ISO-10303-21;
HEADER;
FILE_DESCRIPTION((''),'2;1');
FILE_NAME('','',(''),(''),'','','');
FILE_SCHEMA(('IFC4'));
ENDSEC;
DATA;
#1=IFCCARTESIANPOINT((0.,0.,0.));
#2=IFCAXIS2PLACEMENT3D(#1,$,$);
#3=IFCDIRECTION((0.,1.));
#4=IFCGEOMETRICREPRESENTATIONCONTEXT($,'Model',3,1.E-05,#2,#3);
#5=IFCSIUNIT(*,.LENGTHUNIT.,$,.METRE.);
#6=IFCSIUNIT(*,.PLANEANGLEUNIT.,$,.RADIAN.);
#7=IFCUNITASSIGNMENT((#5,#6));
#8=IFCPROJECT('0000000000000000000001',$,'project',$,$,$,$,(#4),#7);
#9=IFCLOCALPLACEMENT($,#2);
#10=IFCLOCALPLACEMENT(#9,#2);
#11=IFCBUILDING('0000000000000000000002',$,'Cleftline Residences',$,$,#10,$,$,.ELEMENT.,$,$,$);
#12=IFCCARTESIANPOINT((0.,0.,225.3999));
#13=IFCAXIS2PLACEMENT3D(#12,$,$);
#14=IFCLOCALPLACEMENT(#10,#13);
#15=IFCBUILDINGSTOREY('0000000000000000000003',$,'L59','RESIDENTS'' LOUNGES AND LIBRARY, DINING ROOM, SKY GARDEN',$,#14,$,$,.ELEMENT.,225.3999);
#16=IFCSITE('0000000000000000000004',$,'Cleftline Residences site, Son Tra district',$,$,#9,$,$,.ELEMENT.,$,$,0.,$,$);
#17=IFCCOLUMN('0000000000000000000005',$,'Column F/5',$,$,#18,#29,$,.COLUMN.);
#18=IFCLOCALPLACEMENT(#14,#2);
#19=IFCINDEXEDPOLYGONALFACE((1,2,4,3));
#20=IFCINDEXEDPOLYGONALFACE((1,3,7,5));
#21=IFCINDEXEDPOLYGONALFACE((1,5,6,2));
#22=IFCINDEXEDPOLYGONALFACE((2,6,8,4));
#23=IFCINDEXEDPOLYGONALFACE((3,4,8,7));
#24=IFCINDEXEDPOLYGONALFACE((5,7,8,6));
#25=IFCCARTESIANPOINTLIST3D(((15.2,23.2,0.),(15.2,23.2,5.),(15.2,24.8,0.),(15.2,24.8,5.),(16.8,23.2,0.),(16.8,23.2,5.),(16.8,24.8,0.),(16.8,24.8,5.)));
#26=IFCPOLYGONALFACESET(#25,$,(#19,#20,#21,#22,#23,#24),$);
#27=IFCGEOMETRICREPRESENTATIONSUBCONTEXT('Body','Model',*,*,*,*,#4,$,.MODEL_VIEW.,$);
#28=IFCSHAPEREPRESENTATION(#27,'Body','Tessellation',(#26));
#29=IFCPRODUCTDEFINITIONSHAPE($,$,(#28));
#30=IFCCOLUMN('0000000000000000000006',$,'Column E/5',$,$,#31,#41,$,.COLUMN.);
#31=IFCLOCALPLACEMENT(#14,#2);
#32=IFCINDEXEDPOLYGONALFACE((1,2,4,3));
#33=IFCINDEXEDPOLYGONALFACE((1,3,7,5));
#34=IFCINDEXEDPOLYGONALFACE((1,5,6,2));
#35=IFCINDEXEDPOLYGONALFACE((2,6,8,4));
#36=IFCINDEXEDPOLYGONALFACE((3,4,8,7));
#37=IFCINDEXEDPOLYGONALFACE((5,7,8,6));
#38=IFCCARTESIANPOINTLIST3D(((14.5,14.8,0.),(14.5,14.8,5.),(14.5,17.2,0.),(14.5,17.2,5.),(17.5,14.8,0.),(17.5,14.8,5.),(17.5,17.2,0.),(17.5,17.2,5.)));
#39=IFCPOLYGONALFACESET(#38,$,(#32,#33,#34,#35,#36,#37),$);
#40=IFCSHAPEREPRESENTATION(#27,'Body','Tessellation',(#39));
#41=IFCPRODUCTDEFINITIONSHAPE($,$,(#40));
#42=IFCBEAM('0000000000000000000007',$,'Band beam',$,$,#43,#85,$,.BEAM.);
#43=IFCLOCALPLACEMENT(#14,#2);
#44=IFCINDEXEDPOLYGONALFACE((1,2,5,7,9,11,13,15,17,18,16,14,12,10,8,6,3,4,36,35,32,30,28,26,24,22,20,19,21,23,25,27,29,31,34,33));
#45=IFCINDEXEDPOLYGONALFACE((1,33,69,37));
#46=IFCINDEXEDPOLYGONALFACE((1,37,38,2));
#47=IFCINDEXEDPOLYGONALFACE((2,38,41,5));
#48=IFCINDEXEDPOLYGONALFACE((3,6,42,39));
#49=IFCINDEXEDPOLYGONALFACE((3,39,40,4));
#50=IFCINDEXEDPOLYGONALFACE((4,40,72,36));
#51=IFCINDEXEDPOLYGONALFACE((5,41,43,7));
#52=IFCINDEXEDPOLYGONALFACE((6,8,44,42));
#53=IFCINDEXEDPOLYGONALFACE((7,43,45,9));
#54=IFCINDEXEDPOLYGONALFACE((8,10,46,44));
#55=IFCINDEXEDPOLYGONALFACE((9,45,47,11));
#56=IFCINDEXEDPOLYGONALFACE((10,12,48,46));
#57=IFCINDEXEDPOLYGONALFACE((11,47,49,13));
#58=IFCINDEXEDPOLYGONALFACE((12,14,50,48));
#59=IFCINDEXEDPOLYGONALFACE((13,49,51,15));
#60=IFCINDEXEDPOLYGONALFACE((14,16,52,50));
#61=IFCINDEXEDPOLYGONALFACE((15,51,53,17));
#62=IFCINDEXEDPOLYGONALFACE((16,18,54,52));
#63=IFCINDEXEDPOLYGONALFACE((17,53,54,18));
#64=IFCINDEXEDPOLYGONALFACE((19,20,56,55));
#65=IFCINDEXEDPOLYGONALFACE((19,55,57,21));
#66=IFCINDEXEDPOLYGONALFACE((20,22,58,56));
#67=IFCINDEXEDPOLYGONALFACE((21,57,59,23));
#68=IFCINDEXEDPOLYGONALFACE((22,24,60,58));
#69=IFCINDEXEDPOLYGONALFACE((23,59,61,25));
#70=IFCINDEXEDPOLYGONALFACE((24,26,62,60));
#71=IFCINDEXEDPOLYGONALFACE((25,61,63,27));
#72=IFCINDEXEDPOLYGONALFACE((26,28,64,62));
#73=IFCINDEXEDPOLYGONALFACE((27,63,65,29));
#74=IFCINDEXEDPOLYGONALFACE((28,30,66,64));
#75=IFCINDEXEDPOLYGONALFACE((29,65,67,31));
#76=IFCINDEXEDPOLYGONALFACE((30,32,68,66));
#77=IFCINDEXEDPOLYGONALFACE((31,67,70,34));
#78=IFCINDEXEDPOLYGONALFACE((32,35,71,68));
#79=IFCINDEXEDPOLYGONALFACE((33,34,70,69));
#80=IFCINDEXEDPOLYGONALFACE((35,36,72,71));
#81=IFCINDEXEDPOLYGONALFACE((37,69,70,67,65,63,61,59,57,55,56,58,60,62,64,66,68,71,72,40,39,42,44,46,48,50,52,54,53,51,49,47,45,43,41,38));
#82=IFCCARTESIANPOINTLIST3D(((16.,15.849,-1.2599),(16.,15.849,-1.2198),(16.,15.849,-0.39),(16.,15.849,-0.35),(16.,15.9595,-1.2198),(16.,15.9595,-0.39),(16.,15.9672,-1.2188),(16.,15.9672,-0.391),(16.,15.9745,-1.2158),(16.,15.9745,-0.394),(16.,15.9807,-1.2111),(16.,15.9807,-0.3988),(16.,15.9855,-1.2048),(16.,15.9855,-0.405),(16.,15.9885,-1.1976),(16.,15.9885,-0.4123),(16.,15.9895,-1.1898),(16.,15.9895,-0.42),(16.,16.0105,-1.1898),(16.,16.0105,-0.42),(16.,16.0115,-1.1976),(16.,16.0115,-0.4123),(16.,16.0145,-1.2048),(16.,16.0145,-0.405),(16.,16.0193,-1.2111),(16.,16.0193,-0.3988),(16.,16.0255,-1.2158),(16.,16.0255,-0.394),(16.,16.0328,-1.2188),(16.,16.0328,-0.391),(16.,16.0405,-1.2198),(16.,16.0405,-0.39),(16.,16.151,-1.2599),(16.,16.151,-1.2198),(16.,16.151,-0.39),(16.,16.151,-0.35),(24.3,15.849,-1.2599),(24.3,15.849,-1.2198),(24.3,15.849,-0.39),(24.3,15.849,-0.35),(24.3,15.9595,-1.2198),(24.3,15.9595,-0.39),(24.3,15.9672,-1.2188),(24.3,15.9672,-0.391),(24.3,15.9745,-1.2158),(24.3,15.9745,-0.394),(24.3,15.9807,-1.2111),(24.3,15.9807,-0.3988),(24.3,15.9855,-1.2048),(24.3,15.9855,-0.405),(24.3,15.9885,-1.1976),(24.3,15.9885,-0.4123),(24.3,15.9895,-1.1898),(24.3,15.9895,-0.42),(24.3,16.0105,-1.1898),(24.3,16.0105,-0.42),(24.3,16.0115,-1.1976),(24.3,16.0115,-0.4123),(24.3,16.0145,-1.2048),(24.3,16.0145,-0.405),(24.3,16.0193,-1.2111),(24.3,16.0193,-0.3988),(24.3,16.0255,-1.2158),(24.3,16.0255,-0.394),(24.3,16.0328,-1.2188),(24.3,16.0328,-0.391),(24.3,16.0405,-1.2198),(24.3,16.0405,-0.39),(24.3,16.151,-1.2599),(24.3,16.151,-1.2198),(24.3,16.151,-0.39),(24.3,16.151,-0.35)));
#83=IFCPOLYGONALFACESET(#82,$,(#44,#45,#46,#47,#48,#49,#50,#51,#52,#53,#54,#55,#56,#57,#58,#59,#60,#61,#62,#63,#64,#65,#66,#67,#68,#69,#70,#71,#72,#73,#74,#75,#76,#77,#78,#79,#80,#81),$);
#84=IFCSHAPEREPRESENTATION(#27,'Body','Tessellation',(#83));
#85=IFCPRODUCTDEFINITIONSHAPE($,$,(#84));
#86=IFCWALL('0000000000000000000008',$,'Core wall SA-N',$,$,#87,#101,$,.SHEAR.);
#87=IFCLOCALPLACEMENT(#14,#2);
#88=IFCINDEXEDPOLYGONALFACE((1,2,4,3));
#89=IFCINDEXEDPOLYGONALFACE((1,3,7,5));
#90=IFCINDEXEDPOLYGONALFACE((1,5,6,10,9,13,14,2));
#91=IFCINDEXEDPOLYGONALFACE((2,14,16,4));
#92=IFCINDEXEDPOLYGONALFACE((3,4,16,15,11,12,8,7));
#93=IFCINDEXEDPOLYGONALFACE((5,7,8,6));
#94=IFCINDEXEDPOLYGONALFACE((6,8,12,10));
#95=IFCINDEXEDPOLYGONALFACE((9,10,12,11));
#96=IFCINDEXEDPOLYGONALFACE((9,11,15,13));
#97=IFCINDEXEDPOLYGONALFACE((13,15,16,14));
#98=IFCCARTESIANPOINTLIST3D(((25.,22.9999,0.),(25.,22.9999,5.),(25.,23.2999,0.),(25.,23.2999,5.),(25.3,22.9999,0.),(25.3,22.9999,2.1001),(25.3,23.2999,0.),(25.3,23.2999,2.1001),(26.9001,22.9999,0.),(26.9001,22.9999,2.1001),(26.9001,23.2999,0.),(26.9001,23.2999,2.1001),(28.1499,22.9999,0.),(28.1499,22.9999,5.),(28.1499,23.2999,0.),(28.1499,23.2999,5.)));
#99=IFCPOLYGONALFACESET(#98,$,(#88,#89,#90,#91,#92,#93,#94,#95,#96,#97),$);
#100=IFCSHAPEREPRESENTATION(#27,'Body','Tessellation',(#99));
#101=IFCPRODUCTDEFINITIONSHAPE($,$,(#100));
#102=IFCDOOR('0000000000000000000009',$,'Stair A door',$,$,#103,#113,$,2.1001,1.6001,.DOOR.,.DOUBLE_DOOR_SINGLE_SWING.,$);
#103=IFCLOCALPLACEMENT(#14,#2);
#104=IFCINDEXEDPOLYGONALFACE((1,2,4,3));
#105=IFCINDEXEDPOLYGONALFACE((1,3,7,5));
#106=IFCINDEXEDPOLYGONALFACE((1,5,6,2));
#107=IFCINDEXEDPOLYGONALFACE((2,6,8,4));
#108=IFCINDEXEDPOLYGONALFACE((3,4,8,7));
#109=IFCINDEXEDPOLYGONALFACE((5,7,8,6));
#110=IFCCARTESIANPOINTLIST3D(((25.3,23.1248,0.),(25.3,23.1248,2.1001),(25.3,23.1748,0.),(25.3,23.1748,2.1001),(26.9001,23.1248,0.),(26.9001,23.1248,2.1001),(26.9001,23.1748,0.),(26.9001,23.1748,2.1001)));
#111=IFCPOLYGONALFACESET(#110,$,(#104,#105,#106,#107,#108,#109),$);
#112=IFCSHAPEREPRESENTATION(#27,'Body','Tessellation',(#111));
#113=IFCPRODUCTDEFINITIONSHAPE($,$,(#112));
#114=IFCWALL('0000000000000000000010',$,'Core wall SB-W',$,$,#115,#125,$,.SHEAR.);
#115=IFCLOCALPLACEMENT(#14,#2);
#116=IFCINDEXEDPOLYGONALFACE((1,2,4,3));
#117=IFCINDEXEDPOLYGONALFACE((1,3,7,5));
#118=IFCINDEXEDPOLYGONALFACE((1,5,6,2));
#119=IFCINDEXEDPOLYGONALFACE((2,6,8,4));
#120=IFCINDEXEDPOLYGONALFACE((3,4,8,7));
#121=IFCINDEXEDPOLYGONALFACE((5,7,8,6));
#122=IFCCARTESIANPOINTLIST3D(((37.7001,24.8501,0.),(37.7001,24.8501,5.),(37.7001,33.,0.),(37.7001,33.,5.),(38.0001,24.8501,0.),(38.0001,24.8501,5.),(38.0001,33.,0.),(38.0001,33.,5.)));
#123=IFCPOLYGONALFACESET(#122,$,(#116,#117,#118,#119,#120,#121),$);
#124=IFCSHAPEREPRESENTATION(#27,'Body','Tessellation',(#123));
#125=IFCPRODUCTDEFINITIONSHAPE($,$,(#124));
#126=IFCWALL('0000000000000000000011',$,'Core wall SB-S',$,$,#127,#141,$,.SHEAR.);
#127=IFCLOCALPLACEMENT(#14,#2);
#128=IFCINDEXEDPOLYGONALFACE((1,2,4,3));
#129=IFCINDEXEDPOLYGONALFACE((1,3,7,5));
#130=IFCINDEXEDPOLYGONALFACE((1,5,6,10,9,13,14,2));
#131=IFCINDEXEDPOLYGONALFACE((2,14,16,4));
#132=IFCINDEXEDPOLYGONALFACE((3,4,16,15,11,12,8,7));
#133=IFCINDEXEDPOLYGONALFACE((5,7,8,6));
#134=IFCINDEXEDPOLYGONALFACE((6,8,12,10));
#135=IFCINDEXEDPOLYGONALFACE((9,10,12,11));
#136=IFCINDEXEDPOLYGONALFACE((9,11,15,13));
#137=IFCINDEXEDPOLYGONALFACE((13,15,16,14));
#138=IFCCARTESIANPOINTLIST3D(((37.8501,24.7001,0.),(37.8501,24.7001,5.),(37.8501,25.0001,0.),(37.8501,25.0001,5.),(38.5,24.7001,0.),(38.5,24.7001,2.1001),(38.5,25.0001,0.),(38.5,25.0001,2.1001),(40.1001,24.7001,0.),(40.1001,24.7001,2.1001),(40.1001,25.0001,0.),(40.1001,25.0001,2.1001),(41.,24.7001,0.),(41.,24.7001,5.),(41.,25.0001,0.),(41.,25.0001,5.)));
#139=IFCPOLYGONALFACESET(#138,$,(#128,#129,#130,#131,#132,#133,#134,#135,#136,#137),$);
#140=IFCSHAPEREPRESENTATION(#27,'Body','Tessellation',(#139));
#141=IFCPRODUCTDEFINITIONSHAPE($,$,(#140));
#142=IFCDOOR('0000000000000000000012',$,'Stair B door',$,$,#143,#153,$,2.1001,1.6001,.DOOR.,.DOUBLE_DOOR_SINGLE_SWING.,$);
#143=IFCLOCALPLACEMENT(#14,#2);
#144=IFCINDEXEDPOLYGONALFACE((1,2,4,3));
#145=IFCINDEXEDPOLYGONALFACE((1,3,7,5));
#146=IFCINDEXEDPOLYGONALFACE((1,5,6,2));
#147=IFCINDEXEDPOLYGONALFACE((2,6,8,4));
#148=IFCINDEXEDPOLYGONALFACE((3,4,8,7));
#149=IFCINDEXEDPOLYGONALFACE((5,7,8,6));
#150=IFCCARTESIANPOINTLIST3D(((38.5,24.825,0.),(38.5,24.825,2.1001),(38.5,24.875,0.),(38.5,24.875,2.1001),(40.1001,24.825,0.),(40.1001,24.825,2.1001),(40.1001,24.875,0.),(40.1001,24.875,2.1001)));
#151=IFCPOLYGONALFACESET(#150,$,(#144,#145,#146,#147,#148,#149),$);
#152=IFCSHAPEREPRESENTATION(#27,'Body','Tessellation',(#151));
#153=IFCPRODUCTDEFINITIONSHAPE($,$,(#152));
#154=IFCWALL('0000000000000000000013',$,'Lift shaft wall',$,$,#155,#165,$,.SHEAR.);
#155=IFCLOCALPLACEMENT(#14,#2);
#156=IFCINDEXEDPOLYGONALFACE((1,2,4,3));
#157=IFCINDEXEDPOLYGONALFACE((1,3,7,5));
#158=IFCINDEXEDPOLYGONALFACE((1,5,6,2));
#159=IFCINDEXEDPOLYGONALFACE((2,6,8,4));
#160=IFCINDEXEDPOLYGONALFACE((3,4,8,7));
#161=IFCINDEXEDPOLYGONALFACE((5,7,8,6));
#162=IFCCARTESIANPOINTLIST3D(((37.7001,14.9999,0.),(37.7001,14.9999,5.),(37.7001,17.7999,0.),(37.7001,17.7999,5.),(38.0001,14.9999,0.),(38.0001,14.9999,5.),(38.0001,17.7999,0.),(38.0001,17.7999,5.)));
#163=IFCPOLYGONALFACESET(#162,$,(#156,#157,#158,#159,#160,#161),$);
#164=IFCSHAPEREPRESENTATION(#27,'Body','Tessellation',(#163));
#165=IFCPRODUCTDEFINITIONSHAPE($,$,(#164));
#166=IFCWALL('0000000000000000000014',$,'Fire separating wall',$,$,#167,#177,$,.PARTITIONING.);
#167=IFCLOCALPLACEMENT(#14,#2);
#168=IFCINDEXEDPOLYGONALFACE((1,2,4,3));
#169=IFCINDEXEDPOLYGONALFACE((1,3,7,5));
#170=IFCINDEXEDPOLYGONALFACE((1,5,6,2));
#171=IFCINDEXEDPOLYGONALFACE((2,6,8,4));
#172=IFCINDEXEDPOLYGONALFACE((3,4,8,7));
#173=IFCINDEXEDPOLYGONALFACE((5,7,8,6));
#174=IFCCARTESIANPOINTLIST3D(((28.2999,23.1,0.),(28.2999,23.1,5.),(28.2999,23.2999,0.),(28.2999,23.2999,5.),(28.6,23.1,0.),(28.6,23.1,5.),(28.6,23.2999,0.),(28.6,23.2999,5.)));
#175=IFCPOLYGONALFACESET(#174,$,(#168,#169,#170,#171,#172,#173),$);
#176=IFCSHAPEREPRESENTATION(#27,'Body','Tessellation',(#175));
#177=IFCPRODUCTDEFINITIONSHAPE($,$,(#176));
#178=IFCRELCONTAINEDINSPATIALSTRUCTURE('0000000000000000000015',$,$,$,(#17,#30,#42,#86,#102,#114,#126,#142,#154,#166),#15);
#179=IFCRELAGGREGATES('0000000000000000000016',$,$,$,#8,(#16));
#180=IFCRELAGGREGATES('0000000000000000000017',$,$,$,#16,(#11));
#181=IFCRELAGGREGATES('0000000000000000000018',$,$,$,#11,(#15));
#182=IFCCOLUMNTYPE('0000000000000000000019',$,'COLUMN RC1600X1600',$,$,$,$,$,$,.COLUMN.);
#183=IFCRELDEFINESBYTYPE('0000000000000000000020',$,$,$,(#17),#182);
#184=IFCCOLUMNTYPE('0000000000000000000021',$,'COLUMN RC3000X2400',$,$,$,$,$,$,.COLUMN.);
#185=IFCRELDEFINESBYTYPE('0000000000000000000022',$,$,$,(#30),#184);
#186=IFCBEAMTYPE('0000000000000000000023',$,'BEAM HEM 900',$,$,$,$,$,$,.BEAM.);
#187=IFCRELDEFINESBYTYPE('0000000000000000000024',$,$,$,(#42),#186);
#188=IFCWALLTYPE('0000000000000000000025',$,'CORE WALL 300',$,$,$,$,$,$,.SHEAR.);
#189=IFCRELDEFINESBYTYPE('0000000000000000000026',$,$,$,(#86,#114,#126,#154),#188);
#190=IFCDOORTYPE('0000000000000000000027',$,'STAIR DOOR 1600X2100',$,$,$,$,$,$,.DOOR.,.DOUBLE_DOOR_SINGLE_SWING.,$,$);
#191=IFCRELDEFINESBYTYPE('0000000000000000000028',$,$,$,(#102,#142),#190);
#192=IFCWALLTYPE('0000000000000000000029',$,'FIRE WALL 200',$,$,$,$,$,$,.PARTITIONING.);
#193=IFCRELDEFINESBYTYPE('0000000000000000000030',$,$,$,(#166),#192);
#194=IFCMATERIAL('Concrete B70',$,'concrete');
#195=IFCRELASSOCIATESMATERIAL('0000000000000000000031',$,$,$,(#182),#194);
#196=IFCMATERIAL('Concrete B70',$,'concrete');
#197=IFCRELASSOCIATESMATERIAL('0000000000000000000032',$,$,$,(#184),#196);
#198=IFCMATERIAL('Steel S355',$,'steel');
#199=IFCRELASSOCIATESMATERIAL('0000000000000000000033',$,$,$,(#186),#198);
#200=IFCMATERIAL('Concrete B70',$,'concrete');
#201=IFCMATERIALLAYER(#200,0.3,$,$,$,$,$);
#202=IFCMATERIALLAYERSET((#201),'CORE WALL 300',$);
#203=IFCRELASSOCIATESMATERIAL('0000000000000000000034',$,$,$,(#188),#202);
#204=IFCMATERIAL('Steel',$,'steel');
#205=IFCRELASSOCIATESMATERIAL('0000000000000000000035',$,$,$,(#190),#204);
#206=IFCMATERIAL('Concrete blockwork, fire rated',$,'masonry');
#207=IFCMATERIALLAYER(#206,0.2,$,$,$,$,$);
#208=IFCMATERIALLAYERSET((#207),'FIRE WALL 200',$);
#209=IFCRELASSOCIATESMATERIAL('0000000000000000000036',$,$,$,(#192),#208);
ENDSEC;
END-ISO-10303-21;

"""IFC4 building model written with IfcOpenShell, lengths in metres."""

from ifc_helpers import new_model, si_unit, direction, frame, frame_2d, origin, origin_2d, place, context, subcontext, project, spatial, rectangle, i_section, extrude, material, layer, layer_set, material_profile, profile_set, type_object, element, fill, save


model = new_model("IFC4")

# Units and contexts
model_context = context("Model", 3, precision=1e-05, world=origin(), true_north=direction((0.0, 1.0)))
body_context = subcontext(model_context, "Body", "Model", "MODEL_VIEW")
ifc_project = project(units=[si_unit("LENGTHUNIT", "METRE"), si_unit("PLANEANGLEUNIT", "RADIAN")], contexts=[model_context])

# Site, building, storey
site_placement = place(None, origin())
site = spatial("IfcSite", under=ifc_project, at=site_placement, Name="Cleftline Residences site, Son Tra district", CompositionType="ELEMENT", RefElevation=0.0)
building_placement = place(site_placement, origin())
building = spatial("IfcBuilding", under=site, at=building_placement, Name="Cleftline Residences", CompositionType="ELEMENT")
storey_placement = place(building_placement, frame((0.0, 0.0, 225.3999)))
storey = spatial("IfcBuildingStorey", under=building, at=storey_placement, Name="L59", Description="RESIDENTS' LOUNGES AND LIBRARY, DINING ROOM, SKY GARDEN", CompositionType="ELEMENT", Elevation=225.3999)

# Columns
ifc_material_1 = material(Name="Concrete B70", Category="concrete")
ifc_material_profile_1 = material_profile(ifc_material_1, rectangle(XDim=1.6001, YDim=1.6001, at=origin_2d()))
ifc_profile_set_1 = profile_set([ifc_material_profile_1], Name="Concrete B70")
column_type_1 = type_object("IfcColumnType", Name="COLUMN RC1600X1600", PredefinedType="COLUMN", material=ifc_profile_set_1)
column_1_placement = place(storey_placement, frame((16.0, 24.0, 0.0), z_axis=(0.0, 0.0, 1.0), x_axis=(1.0, 0.0, 0.0)))
element("IfcColumn", 1, at=column_1_placement, inside=storey, type_object=column_type_1, Name="Column F/5", PredefinedType="COLUMN", context=body_context, shape_type="SweptSolid", body=[
    extrude(rectangle(XDim=1.6001, YDim=1.6001, at=origin_2d()), origin(), (0.0, 0.0, 1.0), 5.0),
])
ifc_material_2 = material(Name="Concrete B70", Category="concrete")
ifc_material_profile_2 = material_profile(ifc_material_2, rectangle(XDim=3.0, YDim=2.3999, at=origin_2d()))
ifc_profile_set_2 = profile_set([ifc_material_profile_2], Name="Concrete B70")
column_type_2 = type_object("IfcColumnType", Name="COLUMN RC3000X2400", PredefinedType="COLUMN", material=ifc_profile_set_2)
column_2_placement = place(storey_placement, frame((16.0, 16.0, 0.0), z_axis=(0.0, 0.0, 1.0), x_axis=(1.0, 0.0, 0.0)))
element("IfcColumn", 2, at=column_2_placement, inside=storey, type_object=column_type_2, Name="Column E/5", PredefinedType="COLUMN", context=body_context, shape_type="SweptSolid", body=[
    extrude(rectangle(XDim=3.0, YDim=2.3999, at=origin_2d()), origin(), (0.0, 0.0, 1.0), 5.0),
])

# Beam
ifc_material_3 = material(Name="Steel S355", Category="steel")
ifc_material_profile_3 = material_profile(ifc_material_3, i_section(OverallWidth=0.302, OverallDepth=0.9099, WebThickness=0.021, FlangeThickness=0.04, FilletRadius=0.03, at=origin_2d()))
ifc_profile_set_3 = profile_set([ifc_material_profile_3], Name="Steel S355")
beam_type = type_object("IfcBeamType", Name="BEAM HEM 900", PredefinedType="BEAM", material=ifc_profile_set_3)
beam_placement = place(storey_placement, frame((16.0, 16.0, -0.8049), z_axis=(1.0, 0.0, 0.0), x_axis=(0.0, 1.0, 0.0)))
element("IfcBeam", 3, at=beam_placement, inside=storey, type_object=beam_type, Name="Band beam", PredefinedType="BEAM", context=body_context, shape_type="SweptSolid", body=[
    extrude(i_section(OverallWidth=0.302, OverallDepth=0.9099, WebThickness=0.021, FlangeThickness=0.04, FilletRadius=0.03, at=origin_2d()), origin(), (0.0, 0.0, 1.0), 8.3),
])

# Wall, opening, door
ifc_material_4 = material(Name="Concrete B70", Category="concrete")
ifc_layer_1 = layer(ifc_material_4, 0.3)
ifc_layer_set_1 = layer_set([ifc_layer_1], Name="CORE WALL 300")
wall_type_1 = type_object("IfcWallType", Name="CORE WALL 300", PredefinedType="SHEAR", material=ifc_layer_set_1)
wall_1_placement = place(storey_placement, frame((25.0, 23.1499, 0.0), z_axis=(0.0, 0.0, 1.0), x_axis=(1.0, 0.0, 0.0)))
wall_1 = element("IfcWall", 4, at=wall_1_placement, inside=storey, type_object=wall_type_1, Name="Core wall SA-N", PredefinedType="SHEAR", context=body_context, shape_type="SweptSolid", body=[
    extrude(rectangle(XDim=3.1499, YDim=0.3, at=frame_2d((1.575, 0.0))), origin(), (0.0, 0.0, 1.0), 5.0),
])
opening_1_placement = place(wall_1_placement, frame((0.3, 0.0, 0.0)))
opening_1 = element("IfcOpeningElement", 5, at=opening_1_placement, cuts=wall_1, PredefinedType="OPENING", context=body_context, shape_type="SweptSolid", body=[
    extrude(rectangle(XDim=1.6001, YDim=2.1001, at=frame_2d((0.8, 1.05))), frame((0.0, 0.1599, 0.0), z_axis=(0.0, -1.0, 0.0), x_axis=(1.0, 0.0, 0.0)), (0.0, 0.0, 1.0), 0.3201),
])
ifc_material_5 = material(Name="Steel", Category="steel")
door_type_1 = type_object("IfcDoorType", Name="STAIR DOOR 1600X2100", OperationType="DOUBLE_DOOR_SINGLE_SWING", PredefinedType="DOOR", material=ifc_material_5)
door_1_placement = place(opening_1_placement, origin())
door_1 = element("IfcDoor", 6, at=door_1_placement, inside=storey, type_object=door_type_1, Name="Stair A door", OperationType="DOUBLE_DOOR_SINGLE_SWING", OverallHeight=2.1001, OverallWidth=1.6001, PredefinedType="DOOR", context=body_context, shape_type="SweptSolid", body=[
    extrude(rectangle(XDim=1.6001, YDim=2.1001, at=frame_2d((0.8, 1.05))), frame((0.0, 0.0249, 0.0), z_axis=(0.0, -1.0, 0.0), x_axis=(1.0, 0.0, 0.0)), (0.0, 0.0, 1.0), 0.05),
])
fill(opening_1, door_1)

# Wall
wall_2_placement = place(storey_placement, frame((37.8501, 24.8501, 0.0), z_axis=(0.0, 0.0, 1.0), x_axis=(0.0, 1.0, 0.0)))
element("IfcWall", 7, at=wall_2_placement, inside=storey, type_object=wall_type_1, Name="Core wall SB-W", PredefinedType="SHEAR", context=body_context, shape_type="SweptSolid", body=[
    extrude(rectangle(XDim=8.1499, YDim=0.3, at=frame_2d((4.075, 0.0))), origin(), (0.0, 0.0, 1.0), 5.0),
])

# Wall, opening, door
wall_3_placement = place(storey_placement, frame((37.8501, 24.8501, 0.0), z_axis=(0.0, 0.0, 1.0), x_axis=(1.0, 0.0, 0.0)))
wall_3 = element("IfcWall", 8, at=wall_3_placement, inside=storey, type_object=wall_type_1, Name="Core wall SB-S", PredefinedType="SHEAR", context=body_context, shape_type="SweptSolid", body=[
    extrude(rectangle(XDim=3.1499, YDim=0.3, at=frame_2d((1.575, 0.0))), origin(), (0.0, 0.0, 1.0), 5.0),
])
opening_2_placement = place(wall_3_placement, frame((0.6499, 0.0, 0.0)))
opening_2 = element("IfcOpeningElement", 9, at=opening_2_placement, cuts=wall_3, PredefinedType="OPENING", context=body_context, shape_type="SweptSolid", body=[
    extrude(rectangle(XDim=1.6001, YDim=2.1001, at=frame_2d((0.8, 1.05))), frame((0.0, 0.1599, 0.0), z_axis=(0.0, -1.0, 0.0), x_axis=(1.0, 0.0, 0.0)), (0.0, 0.0, 1.0), 0.3201),
])
door_2_placement = place(opening_2_placement, origin())
door_2 = element("IfcDoor", 10, at=door_2_placement, inside=storey, type_object=door_type_1, Name="Stair B door", OperationType="DOUBLE_DOOR_SINGLE_SWING", OverallHeight=2.1001, OverallWidth=1.6001, PredefinedType="DOOR", context=body_context, shape_type="SweptSolid", body=[
    extrude(rectangle(XDim=1.6001, YDim=2.1001, at=frame_2d((0.8, 1.05))), frame((0.0, 0.0249, 0.0), z_axis=(0.0, -1.0, 0.0), x_axis=(1.0, 0.0, 0.0)), (0.0, 0.0, 1.0), 0.05),
])
fill(opening_2, door_2)

# Walls
wall_4_placement = place(storey_placement, frame((37.8501, 15.0, 0.0), z_axis=(0.0, 0.0, 1.0), x_axis=(0.0, 1.0, 0.0)))
element("IfcWall", 11, at=wall_4_placement, inside=storey, type_object=wall_type_1, Name="Lift shaft wall", PredefinedType="SHEAR", context=body_context, shape_type="SweptSolid", body=[
    extrude(rectangle(XDim=2.8, YDim=0.3, at=frame_2d((1.3999, 0.0))), origin(), (0.0, 0.0, 1.0), 5.0),
])
ifc_material_6 = material(Name="Concrete blockwork, fire rated", Category="masonry")
ifc_layer_2 = layer(ifc_material_6, 0.2)
ifc_layer_set_2 = layer_set([ifc_layer_2], Name="FIRE WALL 200")
wall_type_2 = type_object("IfcWallType", Name="FIRE WALL 200", PredefinedType="PARTITIONING", material=ifc_layer_set_2)
for number, where, z_axis, x_axis, name in (
    (12, (28.3, 23.2, 0.0), (0.0, 0.0, 1.0), (1.0, 0.0, 0.0), "Fire separating wall"),
):
    element("IfcWall", number, at=place(storey_placement, frame(where, z_axis=z_axis, x_axis=x_axis)), inside=storey, type_object=wall_type_2, Name=name, PredefinedType="PARTITIONING", context=body_context, shape_type="SweptSolid", body=[
        extrude(rectangle(XDim=0.3, YDim=0.2, at=frame_2d((0.1499, 0.0))), origin(), (0.0, 0.0, 1.0), 5.0),
    ])

save(model, "model.ifc")
